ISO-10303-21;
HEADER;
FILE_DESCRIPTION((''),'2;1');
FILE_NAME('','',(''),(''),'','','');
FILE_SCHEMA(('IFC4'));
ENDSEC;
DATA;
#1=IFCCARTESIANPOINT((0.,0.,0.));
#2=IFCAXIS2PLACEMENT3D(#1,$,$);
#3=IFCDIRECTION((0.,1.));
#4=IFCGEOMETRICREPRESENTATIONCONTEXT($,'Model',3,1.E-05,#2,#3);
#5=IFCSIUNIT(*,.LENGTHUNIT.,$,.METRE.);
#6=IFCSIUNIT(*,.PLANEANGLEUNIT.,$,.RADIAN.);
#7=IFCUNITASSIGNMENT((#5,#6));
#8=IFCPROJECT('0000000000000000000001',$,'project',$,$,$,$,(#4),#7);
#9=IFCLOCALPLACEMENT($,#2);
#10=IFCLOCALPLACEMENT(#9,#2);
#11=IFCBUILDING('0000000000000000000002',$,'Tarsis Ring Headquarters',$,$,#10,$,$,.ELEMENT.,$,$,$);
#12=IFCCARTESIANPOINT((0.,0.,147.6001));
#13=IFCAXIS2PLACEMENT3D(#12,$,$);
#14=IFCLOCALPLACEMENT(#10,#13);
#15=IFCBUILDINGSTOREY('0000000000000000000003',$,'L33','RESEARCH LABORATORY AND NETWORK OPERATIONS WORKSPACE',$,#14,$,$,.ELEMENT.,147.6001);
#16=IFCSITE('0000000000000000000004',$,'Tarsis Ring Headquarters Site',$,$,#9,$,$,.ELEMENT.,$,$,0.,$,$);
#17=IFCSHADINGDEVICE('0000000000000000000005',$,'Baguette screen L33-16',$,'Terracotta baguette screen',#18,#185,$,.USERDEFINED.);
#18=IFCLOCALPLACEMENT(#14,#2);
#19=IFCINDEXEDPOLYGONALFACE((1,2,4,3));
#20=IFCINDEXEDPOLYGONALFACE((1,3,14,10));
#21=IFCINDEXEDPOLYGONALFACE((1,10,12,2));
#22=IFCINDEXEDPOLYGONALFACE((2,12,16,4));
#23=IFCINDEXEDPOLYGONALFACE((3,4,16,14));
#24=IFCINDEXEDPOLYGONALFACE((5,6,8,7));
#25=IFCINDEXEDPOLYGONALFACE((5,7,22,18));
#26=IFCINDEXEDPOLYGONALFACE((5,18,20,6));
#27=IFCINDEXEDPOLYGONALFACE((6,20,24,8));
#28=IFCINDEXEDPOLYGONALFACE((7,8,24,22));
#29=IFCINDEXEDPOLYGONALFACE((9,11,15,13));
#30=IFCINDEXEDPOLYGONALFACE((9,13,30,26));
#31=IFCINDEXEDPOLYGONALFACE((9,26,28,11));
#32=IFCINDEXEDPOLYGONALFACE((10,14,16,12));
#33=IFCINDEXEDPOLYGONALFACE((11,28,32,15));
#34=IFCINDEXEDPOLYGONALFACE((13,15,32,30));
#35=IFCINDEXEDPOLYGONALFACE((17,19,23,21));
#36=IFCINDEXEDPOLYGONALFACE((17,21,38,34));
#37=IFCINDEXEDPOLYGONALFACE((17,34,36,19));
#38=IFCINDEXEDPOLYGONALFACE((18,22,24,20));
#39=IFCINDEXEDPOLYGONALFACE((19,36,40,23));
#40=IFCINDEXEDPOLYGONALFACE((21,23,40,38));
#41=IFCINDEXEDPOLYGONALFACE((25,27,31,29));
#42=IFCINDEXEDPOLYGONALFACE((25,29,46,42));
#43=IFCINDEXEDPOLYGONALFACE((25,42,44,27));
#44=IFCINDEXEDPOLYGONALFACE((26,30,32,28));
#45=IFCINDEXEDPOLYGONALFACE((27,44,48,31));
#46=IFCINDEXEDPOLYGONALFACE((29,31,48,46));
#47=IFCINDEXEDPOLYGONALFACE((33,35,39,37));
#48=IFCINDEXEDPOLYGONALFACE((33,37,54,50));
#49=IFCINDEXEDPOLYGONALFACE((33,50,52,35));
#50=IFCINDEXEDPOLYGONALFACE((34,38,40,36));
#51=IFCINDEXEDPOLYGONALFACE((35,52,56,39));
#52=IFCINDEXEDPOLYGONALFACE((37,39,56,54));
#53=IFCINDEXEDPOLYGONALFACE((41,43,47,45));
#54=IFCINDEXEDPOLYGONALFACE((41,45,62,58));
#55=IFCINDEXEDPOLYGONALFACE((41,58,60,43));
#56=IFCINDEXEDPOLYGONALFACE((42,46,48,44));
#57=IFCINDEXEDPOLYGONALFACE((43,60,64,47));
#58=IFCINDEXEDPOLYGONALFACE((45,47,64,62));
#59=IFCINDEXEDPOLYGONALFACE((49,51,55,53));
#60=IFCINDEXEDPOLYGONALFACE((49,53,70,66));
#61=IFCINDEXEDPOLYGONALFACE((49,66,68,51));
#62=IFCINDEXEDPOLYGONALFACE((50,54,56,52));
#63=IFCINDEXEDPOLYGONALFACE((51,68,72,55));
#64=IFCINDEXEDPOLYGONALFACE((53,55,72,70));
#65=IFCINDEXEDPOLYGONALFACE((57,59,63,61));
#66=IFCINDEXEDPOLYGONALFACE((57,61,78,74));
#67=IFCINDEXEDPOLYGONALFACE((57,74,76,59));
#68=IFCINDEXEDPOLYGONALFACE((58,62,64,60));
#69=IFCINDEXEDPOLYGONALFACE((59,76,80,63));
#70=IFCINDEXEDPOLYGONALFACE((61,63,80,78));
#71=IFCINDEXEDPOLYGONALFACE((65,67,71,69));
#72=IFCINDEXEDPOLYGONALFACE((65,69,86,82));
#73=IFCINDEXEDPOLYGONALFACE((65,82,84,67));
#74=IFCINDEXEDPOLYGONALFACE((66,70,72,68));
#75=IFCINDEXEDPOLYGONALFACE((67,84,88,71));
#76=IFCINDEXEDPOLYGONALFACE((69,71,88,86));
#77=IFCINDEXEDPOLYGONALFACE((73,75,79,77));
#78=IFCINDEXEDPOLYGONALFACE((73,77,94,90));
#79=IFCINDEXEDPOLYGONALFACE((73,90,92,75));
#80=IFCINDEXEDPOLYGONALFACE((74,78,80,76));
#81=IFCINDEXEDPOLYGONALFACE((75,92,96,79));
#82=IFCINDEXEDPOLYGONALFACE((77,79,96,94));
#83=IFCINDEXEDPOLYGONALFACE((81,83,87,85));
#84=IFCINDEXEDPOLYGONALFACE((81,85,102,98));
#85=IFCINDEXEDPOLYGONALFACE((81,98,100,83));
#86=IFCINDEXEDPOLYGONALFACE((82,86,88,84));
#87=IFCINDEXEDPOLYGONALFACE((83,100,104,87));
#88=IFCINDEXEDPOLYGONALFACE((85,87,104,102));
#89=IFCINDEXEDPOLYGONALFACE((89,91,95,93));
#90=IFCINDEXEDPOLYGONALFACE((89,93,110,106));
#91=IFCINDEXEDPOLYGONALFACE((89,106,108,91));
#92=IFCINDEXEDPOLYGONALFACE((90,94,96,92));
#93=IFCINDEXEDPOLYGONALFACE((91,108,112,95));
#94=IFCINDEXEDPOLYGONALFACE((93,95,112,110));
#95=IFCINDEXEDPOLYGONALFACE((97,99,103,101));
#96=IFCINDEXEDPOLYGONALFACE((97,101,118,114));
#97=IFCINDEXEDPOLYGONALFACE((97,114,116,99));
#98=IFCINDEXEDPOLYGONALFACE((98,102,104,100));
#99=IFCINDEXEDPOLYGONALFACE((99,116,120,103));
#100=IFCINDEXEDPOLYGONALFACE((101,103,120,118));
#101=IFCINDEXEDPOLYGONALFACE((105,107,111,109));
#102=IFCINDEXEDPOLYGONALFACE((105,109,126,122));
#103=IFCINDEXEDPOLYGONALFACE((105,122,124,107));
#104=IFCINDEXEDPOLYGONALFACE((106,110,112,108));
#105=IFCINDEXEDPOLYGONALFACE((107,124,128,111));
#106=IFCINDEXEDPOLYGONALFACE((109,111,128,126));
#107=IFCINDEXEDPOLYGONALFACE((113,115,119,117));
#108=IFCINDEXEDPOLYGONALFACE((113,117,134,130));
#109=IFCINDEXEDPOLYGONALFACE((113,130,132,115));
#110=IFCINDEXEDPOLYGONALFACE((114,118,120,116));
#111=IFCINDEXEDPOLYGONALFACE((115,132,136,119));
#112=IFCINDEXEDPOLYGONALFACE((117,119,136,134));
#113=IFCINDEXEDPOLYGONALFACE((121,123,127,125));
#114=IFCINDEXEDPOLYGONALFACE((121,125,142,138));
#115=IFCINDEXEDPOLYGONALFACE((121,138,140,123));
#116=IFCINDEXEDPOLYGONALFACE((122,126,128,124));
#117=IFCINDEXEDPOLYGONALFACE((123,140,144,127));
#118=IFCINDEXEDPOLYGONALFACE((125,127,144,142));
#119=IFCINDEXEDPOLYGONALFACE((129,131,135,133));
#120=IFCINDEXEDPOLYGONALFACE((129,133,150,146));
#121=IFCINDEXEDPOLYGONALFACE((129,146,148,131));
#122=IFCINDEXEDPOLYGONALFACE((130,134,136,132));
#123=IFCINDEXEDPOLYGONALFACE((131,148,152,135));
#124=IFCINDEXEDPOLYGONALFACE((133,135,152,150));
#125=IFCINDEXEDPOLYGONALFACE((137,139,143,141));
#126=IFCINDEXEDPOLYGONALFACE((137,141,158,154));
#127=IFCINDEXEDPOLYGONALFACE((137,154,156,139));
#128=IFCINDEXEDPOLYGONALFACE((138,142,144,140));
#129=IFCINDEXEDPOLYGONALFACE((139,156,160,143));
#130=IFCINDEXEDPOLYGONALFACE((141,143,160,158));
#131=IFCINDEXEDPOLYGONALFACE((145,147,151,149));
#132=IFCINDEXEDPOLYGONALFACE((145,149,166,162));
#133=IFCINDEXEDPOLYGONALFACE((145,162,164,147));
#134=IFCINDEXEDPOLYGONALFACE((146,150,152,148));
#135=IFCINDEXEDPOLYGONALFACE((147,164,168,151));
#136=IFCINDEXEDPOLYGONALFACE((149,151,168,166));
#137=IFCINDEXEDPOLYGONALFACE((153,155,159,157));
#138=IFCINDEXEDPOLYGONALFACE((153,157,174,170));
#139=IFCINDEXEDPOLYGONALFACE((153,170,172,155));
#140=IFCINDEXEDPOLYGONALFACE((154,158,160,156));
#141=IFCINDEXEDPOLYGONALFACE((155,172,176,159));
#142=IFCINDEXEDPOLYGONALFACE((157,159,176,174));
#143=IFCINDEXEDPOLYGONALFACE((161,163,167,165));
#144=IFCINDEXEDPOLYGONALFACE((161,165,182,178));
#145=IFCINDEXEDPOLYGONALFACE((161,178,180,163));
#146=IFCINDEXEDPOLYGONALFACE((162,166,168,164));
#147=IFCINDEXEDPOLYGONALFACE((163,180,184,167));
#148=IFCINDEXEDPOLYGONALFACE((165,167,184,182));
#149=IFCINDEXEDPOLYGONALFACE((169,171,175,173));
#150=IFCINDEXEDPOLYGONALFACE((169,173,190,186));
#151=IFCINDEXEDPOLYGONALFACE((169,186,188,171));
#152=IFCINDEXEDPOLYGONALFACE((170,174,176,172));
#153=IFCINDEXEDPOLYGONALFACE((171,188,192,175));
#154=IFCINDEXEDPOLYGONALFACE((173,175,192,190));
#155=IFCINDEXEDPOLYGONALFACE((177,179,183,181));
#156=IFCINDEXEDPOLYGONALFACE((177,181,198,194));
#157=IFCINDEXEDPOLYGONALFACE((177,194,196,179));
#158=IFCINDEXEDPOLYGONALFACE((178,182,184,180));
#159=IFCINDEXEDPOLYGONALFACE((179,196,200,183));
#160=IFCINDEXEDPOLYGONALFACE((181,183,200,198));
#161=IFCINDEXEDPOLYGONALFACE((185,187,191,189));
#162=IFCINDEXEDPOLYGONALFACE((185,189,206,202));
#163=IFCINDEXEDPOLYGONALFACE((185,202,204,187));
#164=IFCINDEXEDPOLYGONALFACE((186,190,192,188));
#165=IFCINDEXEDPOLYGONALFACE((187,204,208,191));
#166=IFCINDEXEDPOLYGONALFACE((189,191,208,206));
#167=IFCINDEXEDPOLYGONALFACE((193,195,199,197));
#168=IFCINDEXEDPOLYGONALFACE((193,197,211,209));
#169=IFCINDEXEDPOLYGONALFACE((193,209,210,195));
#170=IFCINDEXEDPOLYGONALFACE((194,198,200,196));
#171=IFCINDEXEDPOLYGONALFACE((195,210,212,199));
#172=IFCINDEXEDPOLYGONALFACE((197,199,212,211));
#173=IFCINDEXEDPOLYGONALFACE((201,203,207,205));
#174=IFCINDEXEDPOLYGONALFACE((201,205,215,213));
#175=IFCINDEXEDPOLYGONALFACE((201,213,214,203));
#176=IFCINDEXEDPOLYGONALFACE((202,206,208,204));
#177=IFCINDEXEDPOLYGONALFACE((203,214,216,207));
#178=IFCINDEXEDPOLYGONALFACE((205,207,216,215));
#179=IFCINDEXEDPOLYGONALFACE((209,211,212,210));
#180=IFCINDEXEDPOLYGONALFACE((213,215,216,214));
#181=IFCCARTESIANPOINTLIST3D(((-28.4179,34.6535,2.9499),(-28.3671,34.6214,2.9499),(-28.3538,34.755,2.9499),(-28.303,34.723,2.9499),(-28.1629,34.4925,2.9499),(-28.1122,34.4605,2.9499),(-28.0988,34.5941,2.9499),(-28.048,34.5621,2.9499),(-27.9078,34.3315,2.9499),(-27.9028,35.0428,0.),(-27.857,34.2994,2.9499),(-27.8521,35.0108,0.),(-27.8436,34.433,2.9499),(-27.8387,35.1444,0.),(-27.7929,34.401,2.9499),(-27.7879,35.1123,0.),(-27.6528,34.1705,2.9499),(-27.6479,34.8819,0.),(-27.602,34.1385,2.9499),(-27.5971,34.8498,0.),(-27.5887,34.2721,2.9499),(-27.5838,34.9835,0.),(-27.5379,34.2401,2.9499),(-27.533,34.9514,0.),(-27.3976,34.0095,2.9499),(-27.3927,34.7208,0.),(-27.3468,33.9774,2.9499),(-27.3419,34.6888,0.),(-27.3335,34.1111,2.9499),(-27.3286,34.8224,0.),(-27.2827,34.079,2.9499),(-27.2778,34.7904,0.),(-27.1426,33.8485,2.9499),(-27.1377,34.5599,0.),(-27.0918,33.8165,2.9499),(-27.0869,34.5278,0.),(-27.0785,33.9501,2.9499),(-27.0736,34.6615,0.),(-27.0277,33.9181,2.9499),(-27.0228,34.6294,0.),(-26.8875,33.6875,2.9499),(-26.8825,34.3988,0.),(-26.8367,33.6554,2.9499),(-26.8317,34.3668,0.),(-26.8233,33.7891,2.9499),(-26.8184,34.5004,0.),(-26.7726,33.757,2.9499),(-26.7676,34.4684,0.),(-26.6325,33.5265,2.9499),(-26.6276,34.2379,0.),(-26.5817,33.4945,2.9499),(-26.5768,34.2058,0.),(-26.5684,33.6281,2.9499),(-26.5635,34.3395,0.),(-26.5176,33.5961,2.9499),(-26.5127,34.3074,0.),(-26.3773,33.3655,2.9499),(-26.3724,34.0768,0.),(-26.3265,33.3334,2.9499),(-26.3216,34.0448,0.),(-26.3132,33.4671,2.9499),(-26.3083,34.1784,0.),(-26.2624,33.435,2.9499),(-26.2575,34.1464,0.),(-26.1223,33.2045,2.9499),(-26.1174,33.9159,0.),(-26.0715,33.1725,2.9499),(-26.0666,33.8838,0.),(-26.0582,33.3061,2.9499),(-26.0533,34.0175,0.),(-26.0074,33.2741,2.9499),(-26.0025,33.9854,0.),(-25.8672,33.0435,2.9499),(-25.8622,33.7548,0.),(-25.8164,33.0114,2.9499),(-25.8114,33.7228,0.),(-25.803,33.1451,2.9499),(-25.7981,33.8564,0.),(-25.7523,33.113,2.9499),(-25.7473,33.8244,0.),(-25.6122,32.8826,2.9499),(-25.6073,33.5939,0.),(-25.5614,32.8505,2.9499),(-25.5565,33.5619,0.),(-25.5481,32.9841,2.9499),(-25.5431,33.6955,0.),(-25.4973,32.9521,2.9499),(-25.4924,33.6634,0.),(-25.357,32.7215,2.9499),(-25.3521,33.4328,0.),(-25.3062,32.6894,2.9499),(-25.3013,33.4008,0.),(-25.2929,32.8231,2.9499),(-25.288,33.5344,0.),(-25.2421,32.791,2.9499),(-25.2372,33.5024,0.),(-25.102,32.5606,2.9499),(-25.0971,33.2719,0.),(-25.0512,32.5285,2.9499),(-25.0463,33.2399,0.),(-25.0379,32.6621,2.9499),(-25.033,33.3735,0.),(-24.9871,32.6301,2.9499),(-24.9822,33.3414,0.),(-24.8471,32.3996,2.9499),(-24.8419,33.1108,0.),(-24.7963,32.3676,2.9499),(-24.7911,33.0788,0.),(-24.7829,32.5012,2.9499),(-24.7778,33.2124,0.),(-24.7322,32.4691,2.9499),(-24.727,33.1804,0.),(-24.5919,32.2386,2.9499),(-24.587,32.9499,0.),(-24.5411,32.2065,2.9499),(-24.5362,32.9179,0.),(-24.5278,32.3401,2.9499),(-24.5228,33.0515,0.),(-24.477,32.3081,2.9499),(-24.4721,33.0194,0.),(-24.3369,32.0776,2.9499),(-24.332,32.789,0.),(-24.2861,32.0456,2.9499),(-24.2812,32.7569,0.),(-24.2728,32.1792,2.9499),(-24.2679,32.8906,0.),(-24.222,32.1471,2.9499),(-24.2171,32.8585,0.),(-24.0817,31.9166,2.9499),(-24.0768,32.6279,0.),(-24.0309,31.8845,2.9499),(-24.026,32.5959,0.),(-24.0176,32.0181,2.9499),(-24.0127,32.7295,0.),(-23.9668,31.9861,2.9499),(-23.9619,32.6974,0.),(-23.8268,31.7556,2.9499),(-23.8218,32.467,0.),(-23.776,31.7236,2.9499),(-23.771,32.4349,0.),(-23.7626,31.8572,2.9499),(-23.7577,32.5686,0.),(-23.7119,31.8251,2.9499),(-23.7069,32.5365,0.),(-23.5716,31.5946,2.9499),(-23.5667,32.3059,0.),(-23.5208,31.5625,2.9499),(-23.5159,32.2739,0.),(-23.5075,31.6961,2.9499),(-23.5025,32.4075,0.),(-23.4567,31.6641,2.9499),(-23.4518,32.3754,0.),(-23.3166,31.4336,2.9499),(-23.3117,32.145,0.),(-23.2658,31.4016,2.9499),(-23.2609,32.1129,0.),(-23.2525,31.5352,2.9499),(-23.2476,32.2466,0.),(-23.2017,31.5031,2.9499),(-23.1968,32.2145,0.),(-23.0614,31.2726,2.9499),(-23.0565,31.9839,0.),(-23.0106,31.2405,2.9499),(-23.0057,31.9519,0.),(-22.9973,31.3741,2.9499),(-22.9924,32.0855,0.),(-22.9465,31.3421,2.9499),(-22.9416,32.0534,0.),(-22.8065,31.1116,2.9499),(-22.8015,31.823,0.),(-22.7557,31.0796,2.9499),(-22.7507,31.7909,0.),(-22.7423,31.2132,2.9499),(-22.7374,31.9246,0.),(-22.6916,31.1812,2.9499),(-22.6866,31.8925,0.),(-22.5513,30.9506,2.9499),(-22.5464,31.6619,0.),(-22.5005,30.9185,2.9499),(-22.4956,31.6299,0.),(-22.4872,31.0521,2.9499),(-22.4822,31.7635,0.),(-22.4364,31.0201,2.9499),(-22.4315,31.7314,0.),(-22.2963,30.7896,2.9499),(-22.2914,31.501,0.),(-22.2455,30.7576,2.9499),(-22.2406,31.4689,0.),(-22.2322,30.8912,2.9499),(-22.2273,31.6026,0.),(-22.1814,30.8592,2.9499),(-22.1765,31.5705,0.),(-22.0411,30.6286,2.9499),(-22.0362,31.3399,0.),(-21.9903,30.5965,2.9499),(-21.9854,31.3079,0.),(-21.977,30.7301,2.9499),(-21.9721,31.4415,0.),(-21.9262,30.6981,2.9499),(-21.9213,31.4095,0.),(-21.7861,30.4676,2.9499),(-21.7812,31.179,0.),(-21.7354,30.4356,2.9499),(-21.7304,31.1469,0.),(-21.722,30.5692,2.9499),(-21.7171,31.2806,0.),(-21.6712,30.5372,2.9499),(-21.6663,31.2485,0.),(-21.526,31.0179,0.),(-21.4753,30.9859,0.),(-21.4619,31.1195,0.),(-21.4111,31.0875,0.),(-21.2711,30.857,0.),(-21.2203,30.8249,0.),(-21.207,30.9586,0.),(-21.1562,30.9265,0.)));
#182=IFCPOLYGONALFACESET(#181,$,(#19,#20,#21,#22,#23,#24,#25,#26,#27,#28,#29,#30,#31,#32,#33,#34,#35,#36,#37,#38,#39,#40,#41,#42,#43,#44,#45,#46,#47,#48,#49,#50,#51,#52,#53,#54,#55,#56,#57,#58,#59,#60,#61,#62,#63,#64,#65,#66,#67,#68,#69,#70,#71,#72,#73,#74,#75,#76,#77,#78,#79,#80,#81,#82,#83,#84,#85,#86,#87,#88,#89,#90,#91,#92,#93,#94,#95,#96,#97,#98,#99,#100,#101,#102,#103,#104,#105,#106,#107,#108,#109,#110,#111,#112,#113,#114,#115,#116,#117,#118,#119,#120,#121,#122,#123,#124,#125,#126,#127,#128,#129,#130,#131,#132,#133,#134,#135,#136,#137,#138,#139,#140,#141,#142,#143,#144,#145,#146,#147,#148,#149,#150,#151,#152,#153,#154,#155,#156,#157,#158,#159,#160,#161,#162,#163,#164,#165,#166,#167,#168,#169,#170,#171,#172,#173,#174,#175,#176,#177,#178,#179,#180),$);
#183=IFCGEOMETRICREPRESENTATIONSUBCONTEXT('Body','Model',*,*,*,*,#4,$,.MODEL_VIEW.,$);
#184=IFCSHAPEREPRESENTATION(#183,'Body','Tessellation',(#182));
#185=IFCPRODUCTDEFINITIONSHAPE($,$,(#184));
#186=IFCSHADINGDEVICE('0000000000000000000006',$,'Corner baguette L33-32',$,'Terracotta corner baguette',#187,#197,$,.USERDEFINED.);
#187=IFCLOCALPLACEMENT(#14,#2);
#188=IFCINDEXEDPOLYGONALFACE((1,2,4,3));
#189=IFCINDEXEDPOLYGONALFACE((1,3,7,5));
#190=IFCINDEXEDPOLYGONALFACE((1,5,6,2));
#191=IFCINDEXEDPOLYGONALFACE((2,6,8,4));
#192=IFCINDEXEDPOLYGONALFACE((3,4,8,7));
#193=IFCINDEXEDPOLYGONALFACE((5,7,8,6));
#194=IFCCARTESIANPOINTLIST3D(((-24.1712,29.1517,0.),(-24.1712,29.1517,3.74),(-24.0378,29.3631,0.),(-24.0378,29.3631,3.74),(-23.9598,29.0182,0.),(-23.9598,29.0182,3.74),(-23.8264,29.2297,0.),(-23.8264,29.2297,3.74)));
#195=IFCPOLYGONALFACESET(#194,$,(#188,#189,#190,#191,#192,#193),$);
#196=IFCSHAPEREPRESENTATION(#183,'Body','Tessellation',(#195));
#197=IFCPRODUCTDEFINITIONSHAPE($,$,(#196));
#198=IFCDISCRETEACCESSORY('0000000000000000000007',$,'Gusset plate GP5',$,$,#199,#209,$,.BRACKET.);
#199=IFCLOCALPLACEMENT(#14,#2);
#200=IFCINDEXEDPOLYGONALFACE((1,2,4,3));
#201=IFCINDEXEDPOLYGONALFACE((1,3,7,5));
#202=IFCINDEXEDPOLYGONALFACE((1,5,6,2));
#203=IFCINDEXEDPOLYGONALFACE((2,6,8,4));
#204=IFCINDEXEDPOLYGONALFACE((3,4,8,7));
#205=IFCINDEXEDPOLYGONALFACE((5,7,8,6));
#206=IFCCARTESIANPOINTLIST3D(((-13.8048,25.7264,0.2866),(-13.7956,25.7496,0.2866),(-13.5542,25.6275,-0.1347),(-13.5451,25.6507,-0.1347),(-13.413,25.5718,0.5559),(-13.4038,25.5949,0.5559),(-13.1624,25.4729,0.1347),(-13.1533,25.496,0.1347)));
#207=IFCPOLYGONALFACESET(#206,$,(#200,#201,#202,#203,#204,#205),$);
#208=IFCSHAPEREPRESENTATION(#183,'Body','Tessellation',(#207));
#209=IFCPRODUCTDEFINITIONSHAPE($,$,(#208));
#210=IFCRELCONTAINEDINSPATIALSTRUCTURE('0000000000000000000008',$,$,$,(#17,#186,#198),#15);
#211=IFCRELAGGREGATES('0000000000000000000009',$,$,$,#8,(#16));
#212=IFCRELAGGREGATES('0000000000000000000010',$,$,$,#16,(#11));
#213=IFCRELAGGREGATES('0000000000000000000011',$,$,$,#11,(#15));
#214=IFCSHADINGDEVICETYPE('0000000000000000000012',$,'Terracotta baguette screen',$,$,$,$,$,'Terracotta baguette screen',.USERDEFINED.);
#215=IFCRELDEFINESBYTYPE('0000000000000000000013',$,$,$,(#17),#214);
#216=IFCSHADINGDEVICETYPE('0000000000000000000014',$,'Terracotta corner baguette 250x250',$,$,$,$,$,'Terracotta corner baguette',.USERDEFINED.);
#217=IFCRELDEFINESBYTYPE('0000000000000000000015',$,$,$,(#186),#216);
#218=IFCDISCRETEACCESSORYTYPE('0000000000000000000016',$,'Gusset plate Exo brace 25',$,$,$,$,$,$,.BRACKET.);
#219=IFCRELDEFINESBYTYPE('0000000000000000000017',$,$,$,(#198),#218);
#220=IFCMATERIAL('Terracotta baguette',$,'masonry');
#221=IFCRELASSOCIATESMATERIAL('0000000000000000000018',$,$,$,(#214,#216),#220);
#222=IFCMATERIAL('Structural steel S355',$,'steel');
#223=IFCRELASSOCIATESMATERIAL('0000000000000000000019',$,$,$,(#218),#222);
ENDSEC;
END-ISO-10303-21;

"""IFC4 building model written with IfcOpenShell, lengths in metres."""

from ifc_helpers import new_model, si_unit, direction, frame, frame_2d, origin, origin_2d, place, context, subcontext, project, spatial, rectangle, composite_profile, extrude, material, material_profile, profile_set, type_object, element, save


model = new_model("IFC4")

# Units and contexts
model_context = context("Model", 3, precision=1e-05, world=origin(), true_north=direction((0.0, 1.0)))
body_context = subcontext(model_context, "Body", "Model", "MODEL_VIEW")
ifc_project = project(units=[si_unit("LENGTHUNIT", "METRE"), si_unit("PLANEANGLEUNIT", "RADIAN")], contexts=[model_context])

# Site, building, storey
site_placement = place(None, origin())
site = spatial("IfcSite", under=ifc_project, at=site_placement, Name="Tarsis Ring Headquarters Site", CompositionType="ELEMENT", RefElevation=0.0)
building_placement = place(site_placement, origin())
building = spatial("IfcBuilding", under=site, at=building_placement, Name="Tarsis Ring Headquarters", CompositionType="ELEMENT")
storey_placement = place(building_placement, frame((0.0, 0.0, 147.6001)))
storey = spatial("IfcBuildingStorey", under=building, at=storey_placement, Name="L33", Description="RESEARCH LABORATORY AND NETWORK OPERATIONS WORKSPACE", CompositionType="ELEMENT", Elevation=147.6001)

# Shared definitions
ifc_material_1 = material(Name="Structural steel S355", Category="steel")

# Shading devices
ifc_material_2 = material(Name="Terracotta baguette", Category="masonry")
shading_device_type_1 = type_object("IfcShadingDeviceType", Name="Terracotta baguette screen", ElementType="Terracotta baguette screen", PredefinedType="USERDEFINED", material=ifc_material_2)
shading_device_1_placement = place(storey_placement, frame((-21.1882, 30.8757, 0.0), z_axis=(0.0, 0.0, 1.0), x_axis=(-0.845645, 0.533754, 0.0)))
element("IfcShadingDevice", 1, at=shading_device_1_placement, inside=storey, type_object=shading_device_type_1, Name="Baguette screen L33-16", ObjectType="Terracotta baguette screen", PredefinedType="USERDEFINED", context=body_context, shape_type="SweptSolid", body=[
    extrude(composite_profile([rectangle(XDim=0.0601, YDim=0.1201, at=frame_2d((0.03, 0.0))), rectangle(XDim=0.0601, YDim=0.1201, at=frame_2d((0.3315, 0.0))), rectangle(XDim=0.0601, YDim=0.1201, at=frame_2d((0.6333, 0.0))), rectangle(XDim=0.0601, YDim=0.1201, at=frame_2d((0.9348, 0.0))), rectangle(XDim=0.0601, YDim=0.1201, at=frame_2d((1.2366, 0.0))), rectangle(XDim=0.0601, YDim=0.1201, at=frame_2d((1.5381, 0.0))), rectangle(XDim=0.0601, YDim=0.1201, at=frame_2d((1.8398, 0.0))), rectangle(XDim=0.0601, YDim=0.1201, at=frame_2d((2.1414, 0.0))), rectangle(XDim=0.0601, YDim=0.1201, at=frame_2d((2.4431, 0.0))), rectangle(XDim=0.0601, YDim=0.1201, at=frame_2d((2.7446, 0.0))), rectangle(XDim=0.0601, YDim=0.1201, at=frame_2d((3.0464, 0.0))), rectangle(XDim=0.0601, YDim=0.1201, at=frame_2d((3.3479, 0.0))), rectangle(XDim=0.0601, YDim=0.1201, at=frame_2d((3.6497, 0.0))), rectangle(XDim=0.0601, YDim=0.1201, at=frame_2d((3.9512, 0.0))), rectangle(XDim=0.0601, YDim=0.1201, at=frame_2d((4.2527, 0.0))), rectangle(XDim=0.0601, YDim=0.1201, at=frame_2d((4.5544, 0.0))), rectangle(XDim=0.0601, YDim=0.1201, at=frame_2d((4.856, 0.0))), rectangle(XDim=0.0601, YDim=0.1201, at=frame_2d((5.1577, 0.0))), rectangle(XDim=0.0601, YDim=0.1201, at=frame_2d((5.4592, 0.0))), rectangle(XDim=0.0601, YDim=0.1201, at=frame_2d((5.761, 0.0))), rectangle(XDim=0.0601, YDim=0.1201, at=frame_2d((6.0625, 0.0))), rectangle(XDim=0.0601, YDim=0.1201, at=frame_2d((6.3643, 0.0))), rectangle(XDim=0.0601, YDim=0.1201, at=frame_2d((6.6658, 0.0))), rectangle(XDim=0.0601, YDim=0.1201, at=frame_2d((6.9675, 0.0))), rectangle(XDim=0.0601, YDim=0.1201, at=frame_2d((7.269, 0.0))), rectangle(XDim=0.0601, YDim=0.1201, at=frame_2d((7.5708, 0.0))), rectangle(XDim=0.0601, YDim=0.1201, at=frame_2d((7.8723, 0.0)))]), origin(), (0.075418, 0.200075, 0.976874), 3.0198),
])
shading_device_type_2 = type_object("IfcShadingDeviceType", Name="Terracotta corner baguette 250x250", ElementType="Terracotta corner baguette", PredefinedType="USERDEFINED", material=ifc_material_2)
shading_device_2_placement = place(storey_placement, frame((-23.9988, 29.1907, 0.0), z_axis=(0.0, 0.0, 1.0), x_axis=(-0.845635, 0.533762, 0.0)))
element("IfcShadingDevice", 2, at=shading_device_2_placement, inside=storey, type_object=shading_device_type_2, Name="Corner baguette L33-32", ObjectType="Terracotta corner baguette", PredefinedType="USERDEFINED", context=body_context, shape_type="SweptSolid", body=[
    extrude(rectangle(XDim=0.25, YDim=0.25, at=origin_2d()), origin(), (0.0, 0.0, 1.0), 3.74),
])

# Discrete accessory
ifc_material_profile_1 = material_profile(ifc_material_1, rectangle(XDim=0.0249, YDim=0.5, at=origin_2d()), Name="PL 25x500")
ifc_profile_set_1 = profile_set([ifc_material_profile_1], Name="Structural steel S355")
discrete_accessory_type = type_object("IfcDiscreteAccessoryType", Name="Gusset plate Exo brace 25", PredefinedType="BRACKET", material=ifc_profile_set_1)
discrete_accessory_1_placement = place(storey_placement, frame((-13.3538, 25.5618, 0.0), z_axis=(-0.501095, 0.197801, 0.842484), x_axis=(-0.367167, -0.930155, 0.0)))
element("IfcDiscreteAccessory", 3, at=discrete_accessory_1_placement, inside=storey, type_object=discrete_accessory_type, Name="Gusset plate GP5", PredefinedType="BRACKET", context=body_context, shape_type="SweptSolid", body=[
    extrude(rectangle(XDim=0.0249, YDim=0.5, at=origin_2d()), origin(), (0.0, 0.0, 1.0), 0.5),
])

save(model, "model.ifc")
